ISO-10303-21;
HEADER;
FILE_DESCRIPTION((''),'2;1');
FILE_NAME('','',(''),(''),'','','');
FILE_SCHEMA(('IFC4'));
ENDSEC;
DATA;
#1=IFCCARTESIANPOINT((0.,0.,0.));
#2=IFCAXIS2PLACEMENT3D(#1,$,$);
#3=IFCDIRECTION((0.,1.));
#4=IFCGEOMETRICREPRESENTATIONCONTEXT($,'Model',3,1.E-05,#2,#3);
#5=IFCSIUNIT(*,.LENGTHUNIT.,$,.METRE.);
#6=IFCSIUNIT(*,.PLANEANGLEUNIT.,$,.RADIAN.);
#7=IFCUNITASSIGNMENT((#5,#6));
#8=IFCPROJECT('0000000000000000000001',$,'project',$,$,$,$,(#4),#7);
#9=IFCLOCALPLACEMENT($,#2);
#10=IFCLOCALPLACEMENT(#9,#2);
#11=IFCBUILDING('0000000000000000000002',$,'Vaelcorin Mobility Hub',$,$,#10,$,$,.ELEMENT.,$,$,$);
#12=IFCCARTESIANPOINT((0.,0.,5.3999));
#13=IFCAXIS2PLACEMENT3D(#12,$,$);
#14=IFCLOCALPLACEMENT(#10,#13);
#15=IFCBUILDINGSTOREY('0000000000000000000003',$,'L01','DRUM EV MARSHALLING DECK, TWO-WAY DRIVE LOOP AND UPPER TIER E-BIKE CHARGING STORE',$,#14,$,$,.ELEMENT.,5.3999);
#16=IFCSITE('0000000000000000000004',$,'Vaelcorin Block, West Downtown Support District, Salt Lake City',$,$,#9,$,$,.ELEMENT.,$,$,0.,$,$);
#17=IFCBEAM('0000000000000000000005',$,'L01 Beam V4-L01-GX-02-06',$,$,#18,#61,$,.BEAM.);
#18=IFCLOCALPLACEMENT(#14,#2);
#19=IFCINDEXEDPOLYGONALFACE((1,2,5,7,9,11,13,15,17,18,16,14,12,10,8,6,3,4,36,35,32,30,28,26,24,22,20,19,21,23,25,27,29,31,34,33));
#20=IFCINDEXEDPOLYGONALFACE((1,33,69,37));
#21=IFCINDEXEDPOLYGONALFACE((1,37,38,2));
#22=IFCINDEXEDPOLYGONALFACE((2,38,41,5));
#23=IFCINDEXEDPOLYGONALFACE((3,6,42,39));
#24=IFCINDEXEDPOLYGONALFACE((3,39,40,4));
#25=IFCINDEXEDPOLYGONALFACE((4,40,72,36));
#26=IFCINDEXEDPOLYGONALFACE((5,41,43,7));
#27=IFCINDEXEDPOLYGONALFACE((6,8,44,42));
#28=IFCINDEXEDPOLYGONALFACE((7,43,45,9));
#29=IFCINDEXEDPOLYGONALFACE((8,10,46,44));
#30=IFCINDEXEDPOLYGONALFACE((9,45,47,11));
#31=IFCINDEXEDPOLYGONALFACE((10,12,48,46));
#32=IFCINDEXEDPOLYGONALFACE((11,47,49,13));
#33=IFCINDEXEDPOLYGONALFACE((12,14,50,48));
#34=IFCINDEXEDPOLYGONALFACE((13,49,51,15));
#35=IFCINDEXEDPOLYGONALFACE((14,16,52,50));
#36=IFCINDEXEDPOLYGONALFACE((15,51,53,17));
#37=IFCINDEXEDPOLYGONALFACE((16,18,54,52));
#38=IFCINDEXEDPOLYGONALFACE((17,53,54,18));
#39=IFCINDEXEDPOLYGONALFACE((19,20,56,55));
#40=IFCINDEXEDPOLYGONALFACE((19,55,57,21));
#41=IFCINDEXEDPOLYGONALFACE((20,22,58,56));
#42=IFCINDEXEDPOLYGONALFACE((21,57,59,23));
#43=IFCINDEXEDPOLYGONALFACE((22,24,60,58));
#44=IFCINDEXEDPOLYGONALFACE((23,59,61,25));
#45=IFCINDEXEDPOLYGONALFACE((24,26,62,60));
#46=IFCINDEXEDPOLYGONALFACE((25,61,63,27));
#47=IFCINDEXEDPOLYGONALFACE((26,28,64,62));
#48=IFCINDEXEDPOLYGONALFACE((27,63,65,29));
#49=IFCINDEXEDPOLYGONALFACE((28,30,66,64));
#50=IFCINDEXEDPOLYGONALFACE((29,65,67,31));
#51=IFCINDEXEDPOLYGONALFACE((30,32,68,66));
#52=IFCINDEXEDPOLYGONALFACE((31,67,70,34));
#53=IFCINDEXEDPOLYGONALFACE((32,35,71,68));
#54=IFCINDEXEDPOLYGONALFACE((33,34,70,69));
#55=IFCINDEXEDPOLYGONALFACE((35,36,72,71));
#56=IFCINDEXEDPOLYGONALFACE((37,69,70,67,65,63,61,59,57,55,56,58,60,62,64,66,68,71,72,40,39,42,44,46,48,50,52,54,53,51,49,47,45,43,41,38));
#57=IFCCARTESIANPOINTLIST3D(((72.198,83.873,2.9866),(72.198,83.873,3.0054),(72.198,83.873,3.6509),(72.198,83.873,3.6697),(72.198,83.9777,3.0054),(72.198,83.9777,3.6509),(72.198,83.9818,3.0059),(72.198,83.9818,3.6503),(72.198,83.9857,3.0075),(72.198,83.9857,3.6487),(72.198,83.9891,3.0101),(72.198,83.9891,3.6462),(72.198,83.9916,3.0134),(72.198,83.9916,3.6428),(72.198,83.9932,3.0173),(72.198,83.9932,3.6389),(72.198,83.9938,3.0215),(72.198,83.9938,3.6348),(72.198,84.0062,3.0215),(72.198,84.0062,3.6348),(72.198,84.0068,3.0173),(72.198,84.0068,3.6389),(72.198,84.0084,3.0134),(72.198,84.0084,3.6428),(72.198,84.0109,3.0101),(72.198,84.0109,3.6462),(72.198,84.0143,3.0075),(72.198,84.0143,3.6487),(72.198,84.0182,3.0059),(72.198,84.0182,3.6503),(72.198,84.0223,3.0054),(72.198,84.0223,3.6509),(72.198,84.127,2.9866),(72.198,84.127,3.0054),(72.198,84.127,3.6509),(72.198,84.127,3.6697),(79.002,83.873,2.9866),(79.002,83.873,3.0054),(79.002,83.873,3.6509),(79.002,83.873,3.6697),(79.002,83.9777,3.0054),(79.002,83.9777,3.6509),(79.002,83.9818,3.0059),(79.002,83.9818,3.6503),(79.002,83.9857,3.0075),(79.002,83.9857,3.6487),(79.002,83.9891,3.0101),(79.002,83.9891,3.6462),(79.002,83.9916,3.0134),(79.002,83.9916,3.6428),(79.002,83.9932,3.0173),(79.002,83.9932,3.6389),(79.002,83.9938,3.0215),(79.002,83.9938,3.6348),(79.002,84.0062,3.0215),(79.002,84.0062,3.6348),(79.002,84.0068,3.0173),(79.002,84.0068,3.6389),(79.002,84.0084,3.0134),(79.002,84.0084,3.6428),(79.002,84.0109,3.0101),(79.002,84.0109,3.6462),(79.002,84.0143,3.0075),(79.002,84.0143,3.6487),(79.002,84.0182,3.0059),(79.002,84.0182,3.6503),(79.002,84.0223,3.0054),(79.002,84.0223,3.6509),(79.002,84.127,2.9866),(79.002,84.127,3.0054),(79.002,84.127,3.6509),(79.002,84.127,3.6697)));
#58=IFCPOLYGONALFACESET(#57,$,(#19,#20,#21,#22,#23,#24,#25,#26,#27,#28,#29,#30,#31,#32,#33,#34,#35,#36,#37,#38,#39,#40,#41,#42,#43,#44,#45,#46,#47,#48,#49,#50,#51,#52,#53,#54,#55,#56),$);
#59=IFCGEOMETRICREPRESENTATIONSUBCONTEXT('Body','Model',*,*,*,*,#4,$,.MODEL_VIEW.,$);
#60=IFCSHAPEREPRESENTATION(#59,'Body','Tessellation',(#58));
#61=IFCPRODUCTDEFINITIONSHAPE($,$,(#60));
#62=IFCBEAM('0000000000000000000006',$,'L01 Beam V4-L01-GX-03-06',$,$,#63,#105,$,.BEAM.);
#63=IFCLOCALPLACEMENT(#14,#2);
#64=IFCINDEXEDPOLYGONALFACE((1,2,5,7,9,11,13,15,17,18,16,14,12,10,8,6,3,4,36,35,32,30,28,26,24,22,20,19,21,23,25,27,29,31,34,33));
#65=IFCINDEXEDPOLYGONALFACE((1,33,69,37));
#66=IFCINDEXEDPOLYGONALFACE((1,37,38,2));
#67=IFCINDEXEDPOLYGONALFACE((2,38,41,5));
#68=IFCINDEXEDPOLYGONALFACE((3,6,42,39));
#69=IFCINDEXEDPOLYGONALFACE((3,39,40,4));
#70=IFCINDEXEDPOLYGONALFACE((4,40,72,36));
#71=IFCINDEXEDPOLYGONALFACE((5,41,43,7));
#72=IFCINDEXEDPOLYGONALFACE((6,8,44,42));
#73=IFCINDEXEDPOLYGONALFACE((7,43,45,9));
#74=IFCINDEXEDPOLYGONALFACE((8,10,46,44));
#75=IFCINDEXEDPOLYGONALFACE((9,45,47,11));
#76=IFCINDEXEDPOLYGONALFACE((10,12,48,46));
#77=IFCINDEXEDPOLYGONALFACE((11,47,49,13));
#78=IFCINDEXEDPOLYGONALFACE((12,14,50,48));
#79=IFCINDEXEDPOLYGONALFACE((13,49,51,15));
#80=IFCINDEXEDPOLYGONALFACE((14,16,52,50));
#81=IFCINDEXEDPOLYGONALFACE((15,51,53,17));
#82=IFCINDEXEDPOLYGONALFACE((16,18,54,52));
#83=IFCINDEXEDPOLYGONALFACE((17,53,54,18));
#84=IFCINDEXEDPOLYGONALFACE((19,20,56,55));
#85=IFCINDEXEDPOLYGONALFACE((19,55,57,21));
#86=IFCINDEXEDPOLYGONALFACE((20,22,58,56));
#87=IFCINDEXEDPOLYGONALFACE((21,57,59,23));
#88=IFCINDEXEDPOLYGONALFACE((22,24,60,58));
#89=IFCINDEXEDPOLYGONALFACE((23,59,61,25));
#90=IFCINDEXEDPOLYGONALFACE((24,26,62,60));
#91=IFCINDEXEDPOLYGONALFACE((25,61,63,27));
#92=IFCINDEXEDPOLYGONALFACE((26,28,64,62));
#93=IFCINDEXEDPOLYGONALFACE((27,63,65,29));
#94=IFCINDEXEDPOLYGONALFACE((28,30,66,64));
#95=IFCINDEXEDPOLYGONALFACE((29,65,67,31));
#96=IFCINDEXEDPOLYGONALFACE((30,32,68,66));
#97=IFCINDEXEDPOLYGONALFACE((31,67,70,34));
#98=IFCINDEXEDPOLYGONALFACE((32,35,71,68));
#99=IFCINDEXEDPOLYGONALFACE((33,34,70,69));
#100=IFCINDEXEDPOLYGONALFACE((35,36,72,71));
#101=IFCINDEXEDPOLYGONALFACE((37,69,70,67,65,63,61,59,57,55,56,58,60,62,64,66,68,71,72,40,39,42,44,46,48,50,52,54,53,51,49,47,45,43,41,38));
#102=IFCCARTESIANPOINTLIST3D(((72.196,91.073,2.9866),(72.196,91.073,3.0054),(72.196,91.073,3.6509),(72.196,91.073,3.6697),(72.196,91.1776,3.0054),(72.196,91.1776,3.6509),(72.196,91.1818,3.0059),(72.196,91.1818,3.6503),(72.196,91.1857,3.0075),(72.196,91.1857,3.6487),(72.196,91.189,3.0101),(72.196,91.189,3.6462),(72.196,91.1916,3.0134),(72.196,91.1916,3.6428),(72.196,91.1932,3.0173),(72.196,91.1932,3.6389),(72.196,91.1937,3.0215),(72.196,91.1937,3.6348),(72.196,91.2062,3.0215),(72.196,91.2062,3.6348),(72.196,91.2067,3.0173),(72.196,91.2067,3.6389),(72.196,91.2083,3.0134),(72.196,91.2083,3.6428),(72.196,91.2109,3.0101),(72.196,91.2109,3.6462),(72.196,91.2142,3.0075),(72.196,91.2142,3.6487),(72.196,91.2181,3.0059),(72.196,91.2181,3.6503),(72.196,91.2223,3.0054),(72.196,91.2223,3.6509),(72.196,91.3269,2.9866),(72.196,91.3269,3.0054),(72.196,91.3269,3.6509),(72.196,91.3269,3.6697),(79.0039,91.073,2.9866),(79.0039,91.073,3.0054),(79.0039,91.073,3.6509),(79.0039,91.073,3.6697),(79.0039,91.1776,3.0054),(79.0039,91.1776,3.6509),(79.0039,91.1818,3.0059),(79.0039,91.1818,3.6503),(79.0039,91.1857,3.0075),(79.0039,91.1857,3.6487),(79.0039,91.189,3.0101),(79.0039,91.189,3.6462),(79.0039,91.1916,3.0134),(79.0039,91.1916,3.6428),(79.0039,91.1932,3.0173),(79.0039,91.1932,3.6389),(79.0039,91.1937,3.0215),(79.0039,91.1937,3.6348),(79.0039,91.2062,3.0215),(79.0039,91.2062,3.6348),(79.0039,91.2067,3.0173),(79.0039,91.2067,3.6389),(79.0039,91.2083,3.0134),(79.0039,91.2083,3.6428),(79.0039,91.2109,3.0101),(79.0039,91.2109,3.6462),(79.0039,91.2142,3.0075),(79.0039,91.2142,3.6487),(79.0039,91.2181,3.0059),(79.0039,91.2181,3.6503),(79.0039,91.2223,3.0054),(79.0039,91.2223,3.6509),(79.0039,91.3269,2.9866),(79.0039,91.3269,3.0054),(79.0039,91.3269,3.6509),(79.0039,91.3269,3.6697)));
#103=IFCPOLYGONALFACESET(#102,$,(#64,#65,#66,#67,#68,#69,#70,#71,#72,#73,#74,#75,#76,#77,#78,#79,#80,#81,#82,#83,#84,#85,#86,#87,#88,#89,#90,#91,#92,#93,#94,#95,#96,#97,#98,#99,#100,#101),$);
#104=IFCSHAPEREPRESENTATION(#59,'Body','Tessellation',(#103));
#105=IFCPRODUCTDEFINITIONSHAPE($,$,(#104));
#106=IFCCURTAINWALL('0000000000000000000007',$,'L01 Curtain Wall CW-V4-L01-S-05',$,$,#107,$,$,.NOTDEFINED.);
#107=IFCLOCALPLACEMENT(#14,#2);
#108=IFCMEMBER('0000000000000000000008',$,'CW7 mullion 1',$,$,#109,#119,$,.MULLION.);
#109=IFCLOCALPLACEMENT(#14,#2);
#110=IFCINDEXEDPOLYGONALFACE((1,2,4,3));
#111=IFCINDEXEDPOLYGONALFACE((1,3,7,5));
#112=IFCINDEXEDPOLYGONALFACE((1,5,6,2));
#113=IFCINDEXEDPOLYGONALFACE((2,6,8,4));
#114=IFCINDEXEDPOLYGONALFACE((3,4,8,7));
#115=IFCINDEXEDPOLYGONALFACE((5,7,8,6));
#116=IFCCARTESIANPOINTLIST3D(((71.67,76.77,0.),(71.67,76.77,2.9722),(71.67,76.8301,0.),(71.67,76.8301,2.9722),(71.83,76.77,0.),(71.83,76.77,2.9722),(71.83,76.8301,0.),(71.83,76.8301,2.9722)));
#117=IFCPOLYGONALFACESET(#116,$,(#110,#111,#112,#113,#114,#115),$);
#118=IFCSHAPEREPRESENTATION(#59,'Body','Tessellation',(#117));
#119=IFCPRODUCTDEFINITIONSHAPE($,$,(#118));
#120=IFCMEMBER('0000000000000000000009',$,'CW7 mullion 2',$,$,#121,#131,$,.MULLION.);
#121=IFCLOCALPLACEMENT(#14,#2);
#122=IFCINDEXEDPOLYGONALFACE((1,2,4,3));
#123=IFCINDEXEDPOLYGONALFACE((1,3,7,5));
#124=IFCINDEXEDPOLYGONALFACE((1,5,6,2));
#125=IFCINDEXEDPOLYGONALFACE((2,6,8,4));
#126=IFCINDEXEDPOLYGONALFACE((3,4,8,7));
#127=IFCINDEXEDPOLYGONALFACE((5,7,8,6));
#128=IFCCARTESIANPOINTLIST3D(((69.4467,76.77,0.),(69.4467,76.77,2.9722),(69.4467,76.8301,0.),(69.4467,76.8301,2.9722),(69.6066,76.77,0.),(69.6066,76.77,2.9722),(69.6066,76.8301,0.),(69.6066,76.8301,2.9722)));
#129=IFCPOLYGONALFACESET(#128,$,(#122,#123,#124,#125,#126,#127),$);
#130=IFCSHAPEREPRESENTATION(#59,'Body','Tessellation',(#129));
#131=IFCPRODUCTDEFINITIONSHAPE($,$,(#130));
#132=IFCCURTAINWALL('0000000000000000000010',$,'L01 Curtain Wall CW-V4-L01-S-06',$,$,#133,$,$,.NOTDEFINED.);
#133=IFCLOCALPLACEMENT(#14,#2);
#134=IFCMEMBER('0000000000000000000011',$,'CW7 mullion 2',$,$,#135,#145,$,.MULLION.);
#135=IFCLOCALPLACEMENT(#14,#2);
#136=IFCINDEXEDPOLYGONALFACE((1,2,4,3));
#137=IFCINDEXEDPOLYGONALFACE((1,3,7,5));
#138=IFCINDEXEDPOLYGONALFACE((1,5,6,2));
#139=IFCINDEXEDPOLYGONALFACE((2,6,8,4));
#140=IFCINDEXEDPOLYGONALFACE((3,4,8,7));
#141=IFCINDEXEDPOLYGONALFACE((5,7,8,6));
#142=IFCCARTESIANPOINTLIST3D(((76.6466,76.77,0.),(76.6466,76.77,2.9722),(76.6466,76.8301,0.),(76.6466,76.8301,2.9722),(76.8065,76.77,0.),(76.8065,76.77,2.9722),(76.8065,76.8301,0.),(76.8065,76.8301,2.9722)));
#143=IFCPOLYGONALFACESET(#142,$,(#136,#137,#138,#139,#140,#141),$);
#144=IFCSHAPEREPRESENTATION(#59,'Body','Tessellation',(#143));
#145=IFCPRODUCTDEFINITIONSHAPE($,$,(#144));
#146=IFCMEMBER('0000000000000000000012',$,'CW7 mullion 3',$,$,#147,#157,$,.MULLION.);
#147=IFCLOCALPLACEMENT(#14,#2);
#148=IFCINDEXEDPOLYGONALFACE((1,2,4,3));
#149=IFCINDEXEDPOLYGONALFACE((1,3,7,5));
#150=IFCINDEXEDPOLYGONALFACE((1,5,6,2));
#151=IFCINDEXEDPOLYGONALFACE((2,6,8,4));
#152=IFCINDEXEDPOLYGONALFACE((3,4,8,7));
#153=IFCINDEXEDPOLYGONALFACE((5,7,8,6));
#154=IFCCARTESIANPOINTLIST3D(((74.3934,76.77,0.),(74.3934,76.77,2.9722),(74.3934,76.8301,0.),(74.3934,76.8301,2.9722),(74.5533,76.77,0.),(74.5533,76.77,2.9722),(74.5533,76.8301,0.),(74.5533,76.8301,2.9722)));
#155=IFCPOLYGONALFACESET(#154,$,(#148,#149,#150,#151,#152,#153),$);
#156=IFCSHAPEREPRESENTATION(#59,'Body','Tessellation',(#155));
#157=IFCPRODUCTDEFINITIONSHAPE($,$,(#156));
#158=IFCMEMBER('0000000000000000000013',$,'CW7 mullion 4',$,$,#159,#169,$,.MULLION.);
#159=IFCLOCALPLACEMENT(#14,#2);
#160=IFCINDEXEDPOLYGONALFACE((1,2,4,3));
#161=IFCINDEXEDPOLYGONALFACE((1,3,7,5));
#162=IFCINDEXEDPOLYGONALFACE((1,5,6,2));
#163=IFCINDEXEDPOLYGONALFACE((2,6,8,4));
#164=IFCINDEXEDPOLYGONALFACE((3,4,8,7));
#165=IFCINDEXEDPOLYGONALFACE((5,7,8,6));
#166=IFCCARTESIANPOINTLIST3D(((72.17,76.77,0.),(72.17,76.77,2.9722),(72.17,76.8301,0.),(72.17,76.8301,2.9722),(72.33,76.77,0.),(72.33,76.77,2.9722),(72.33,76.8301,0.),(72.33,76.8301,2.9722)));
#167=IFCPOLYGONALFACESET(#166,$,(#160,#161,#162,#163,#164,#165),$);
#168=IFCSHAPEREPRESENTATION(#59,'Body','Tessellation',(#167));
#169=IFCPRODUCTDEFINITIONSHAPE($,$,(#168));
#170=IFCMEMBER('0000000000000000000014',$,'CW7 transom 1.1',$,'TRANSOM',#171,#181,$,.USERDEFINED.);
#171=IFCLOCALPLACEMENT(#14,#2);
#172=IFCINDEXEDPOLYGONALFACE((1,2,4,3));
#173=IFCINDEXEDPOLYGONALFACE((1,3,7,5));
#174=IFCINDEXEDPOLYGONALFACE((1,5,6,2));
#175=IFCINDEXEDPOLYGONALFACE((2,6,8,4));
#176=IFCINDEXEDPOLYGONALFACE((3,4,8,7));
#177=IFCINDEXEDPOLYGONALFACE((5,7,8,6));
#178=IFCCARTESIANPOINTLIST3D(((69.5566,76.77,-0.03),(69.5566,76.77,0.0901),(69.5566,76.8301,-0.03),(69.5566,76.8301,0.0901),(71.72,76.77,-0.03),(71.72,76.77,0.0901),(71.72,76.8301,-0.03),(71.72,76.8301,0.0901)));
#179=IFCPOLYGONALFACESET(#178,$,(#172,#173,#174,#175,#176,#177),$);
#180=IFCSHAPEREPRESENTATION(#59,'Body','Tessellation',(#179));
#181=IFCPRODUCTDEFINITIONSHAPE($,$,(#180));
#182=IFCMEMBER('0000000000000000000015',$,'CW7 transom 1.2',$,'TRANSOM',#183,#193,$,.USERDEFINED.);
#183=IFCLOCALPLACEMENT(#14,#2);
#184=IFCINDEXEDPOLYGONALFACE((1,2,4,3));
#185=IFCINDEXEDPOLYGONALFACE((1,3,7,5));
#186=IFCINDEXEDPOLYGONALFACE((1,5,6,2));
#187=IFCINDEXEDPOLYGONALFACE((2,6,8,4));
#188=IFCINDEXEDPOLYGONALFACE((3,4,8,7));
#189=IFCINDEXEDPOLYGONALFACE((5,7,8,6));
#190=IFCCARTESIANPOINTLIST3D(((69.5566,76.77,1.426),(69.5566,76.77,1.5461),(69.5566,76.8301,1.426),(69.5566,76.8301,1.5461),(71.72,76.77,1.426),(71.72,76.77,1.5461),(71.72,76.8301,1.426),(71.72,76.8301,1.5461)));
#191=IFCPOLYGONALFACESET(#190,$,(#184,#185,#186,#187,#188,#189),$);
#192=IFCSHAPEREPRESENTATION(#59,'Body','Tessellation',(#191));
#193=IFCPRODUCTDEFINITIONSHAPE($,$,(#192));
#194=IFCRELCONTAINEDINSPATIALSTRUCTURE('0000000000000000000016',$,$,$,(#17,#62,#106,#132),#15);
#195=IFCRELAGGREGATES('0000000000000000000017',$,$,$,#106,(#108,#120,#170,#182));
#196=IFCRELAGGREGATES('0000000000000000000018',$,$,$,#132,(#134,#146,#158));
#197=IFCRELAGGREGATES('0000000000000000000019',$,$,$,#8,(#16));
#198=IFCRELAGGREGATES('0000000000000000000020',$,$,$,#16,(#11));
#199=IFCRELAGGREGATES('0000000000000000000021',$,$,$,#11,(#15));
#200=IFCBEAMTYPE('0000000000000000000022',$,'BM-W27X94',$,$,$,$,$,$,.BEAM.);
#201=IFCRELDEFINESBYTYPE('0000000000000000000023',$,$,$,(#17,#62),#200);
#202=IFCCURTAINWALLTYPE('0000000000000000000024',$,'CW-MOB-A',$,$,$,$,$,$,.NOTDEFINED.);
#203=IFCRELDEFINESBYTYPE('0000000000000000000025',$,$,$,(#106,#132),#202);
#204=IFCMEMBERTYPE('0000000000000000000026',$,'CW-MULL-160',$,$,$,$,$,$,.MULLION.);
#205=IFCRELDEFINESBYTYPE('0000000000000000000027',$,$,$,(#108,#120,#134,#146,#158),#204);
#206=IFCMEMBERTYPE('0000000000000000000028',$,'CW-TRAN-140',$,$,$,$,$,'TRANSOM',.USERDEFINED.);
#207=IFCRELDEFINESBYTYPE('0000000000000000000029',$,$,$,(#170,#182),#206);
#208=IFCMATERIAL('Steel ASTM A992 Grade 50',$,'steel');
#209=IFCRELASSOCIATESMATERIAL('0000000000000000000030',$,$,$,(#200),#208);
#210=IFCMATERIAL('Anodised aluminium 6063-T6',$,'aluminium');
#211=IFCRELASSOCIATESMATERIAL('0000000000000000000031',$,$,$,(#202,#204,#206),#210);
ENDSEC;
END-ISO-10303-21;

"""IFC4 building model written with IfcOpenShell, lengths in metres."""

from ifc_helpers import new_model, si_unit, direction, frame, origin, origin_2d, place, context, subcontext, project, spatial, rectangle, i_section, extrude, material, material_profile, profile_set, type_object, element, aggregate, save


model = new_model("IFC4")

# Units and contexts
model_context = context("Model", 3, precision=1e-05, world=origin(), true_north=direction((0.0, 1.0)))
body_context = subcontext(model_context, "Body", "Model", "MODEL_VIEW")
ifc_project = project(units=[si_unit("LENGTHUNIT", "METRE"), si_unit("PLANEANGLEUNIT", "RADIAN")], contexts=[model_context])

# Site, building, storey
site_placement = place(None, origin())
site = spatial("IfcSite", under=ifc_project, at=site_placement, Name="Vaelcorin Block, West Downtown Support District, Salt Lake City", CompositionType="ELEMENT", RefElevation=0.0)
building_placement = place(site_placement, origin())
building = spatial("IfcBuilding", under=site, at=building_placement, Name="Vaelcorin Mobility Hub", CompositionType="ELEMENT")
storey_placement = place(building_placement, frame((0.0, 0.0, 5.3999)))
storey = spatial("IfcBuildingStorey", under=building, at=storey_placement, Name="L01", Description="DRUM EV MARSHALLING DECK, TWO-WAY DRIVE LOOP AND UPPER TIER E-BIKE CHARGING STORE", CompositionType="ELEMENT", Elevation=5.3999)

# Shared definitions
ifc_material_1 = material(Name="Steel ASTM A992 Grade 50", Category="steel")

# Beams
ifc_material_profile_1 = material_profile(ifc_material_1, i_section(OverallWidth=0.2539, OverallDepth=0.6831, WebThickness=0.0125, FlangeThickness=0.0188, FilletRadius=0.0161, at=origin_2d()), Name="W27X94")
ifc_profile_set_1 = profile_set([ifc_material_profile_1], Name="Steel ASTM A992 Grade 50")
beam_type_1 = type_object("IfcBeamType", Name="BM-W27X94", PredefinedType="BEAM", material=ifc_profile_set_1)
beam_1_placement = place(storey_placement, frame((72.198, 84.0, 3.3281), z_axis=(1.0, 0.0, 0.0), x_axis=(0.0, 1.0, 0.0)))
element("IfcBeam", 1, at=beam_1_placement, inside=storey, type_object=beam_type_1, Name="L01 Beam V4-L01-GX-02-06", PredefinedType="BEAM", context=body_context, shape_type="SweptSolid", body=[
    extrude(i_section(OverallWidth=0.2539, OverallDepth=0.6831, WebThickness=0.0125, FlangeThickness=0.0188, FilletRadius=0.0161, at=origin_2d()), origin(), (0.0, 0.0, 1.0), 6.804),
])
beam_2_placement = place(storey_placement, frame((72.196, 91.2, 3.3281), z_axis=(1.0, 0.0, 0.0), x_axis=(0.0, 1.0, 0.0)))
element("IfcBeam", 2, at=beam_2_placement, inside=storey, type_object=beam_type_1, Name="L01 Beam V4-L01-GX-03-06", PredefinedType="BEAM", context=body_context, shape_type="SweptSolid", body=[
    extrude(i_section(OverallWidth=0.2539, OverallDepth=0.6831, WebThickness=0.0125, FlangeThickness=0.0188, FilletRadius=0.0161, at=origin_2d()), origin(), (0.0, 0.0, 1.0), 6.8079),
])

# Curtain walls, members
ifc_material_2 = material(Name="Anodised aluminium 6063-T6", Category="aluminium")
curtain_wall_type = type_object("IfcCurtainWallType", Name="CW-MOB-A", PredefinedType="NOTDEFINED", material=ifc_material_2)
curtain_wall_1_placement = place(storey_placement, origin())
curtain_wall_1 = element("IfcCurtainWall", 3, at=curtain_wall_1_placement, inside=storey, type_object=curtain_wall_type, Name="L01 Curtain Wall CW-V4-L01-S-05", PredefinedType="NOTDEFINED")
ifc_material_profile_2 = material_profile(ifc_material_2, rectangle(XDim=0.0601, YDim=0.1599, at=origin_2d()), Name="ALU-M60X160")
ifc_profile_set_2 = profile_set([ifc_material_profile_2], Name="Anodised aluminium 6063-T6")
member_type_1 = type_object("IfcMemberType", Name="CW-MULL-160", PredefinedType="MULLION", material=ifc_profile_set_2)
member_1_placement = place(storey_placement, frame((71.75, 76.8, 0.0), z_axis=(0.0, 0.0, 1.0), x_axis=(0.0, -1.0, 0.0)))
member_1 = element("IfcMember", 4, at=member_1_placement, type_object=member_type_1, Name="CW7 mullion 1", PredefinedType="MULLION", context=body_context, shape_type="SweptSolid", body=[
    extrude(rectangle(XDim=0.0601, YDim=0.1599, at=origin_2d()), origin(), (0.0, 0.0, 1.0), 2.9722),
])
member_2_placement = place(storey_placement, frame((69.5266, 76.8, 0.0), z_axis=(0.0, 0.0, 1.0), x_axis=(0.0, -1.0, 0.0)))
member_2 = element("IfcMember", 5, at=member_2_placement, type_object=member_type_1, Name="CW7 mullion 2", PredefinedType="MULLION", context=body_context, shape_type="SweptSolid", body=[
    extrude(rectangle(XDim=0.0601, YDim=0.1599, at=origin_2d()), origin(), (0.0, 0.0, 1.0), 2.9722),
])
curtain_wall_2_placement = place(storey_placement, origin())
curtain_wall_2 = element("IfcCurtainWall", 6, at=curtain_wall_2_placement, inside=storey, type_object=curtain_wall_type, Name="L01 Curtain Wall CW-V4-L01-S-06", PredefinedType="NOTDEFINED")
member_3_placement = place(storey_placement, frame((76.7266, 76.8, 0.0), z_axis=(0.0, 0.0, 1.0), x_axis=(0.0, -1.0, 0.0)))
member_3 = element("IfcMember", 7, at=member_3_placement, type_object=member_type_1, Name="CW7 mullion 2", PredefinedType="MULLION", context=body_context, shape_type="SweptSolid", body=[
    extrude(rectangle(XDim=0.0601, YDim=0.1599, at=origin_2d()), origin(), (0.0, 0.0, 1.0), 2.9722),
])
member_4_placement = place(storey_placement, frame((74.4734, 76.8, 0.0), z_axis=(0.0, 0.0, 1.0), x_axis=(0.0, -1.0, 0.0)))
member_4 = element("IfcMember", 8, at=member_4_placement, type_object=member_type_1, Name="CW7 mullion 3", PredefinedType="MULLION", context=body_context, shape_type="SweptSolid", body=[
    extrude(rectangle(XDim=0.0601, YDim=0.1599, at=origin_2d()), origin(), (0.0, 0.0, 1.0), 2.9722),
])
member_5_placement = place(storey_placement, frame((72.25, 76.8, 0.0), z_axis=(0.0, 0.0, 1.0), x_axis=(0.0, -1.0, 0.0)))
member_5 = element("IfcMember", 9, at=member_5_placement, type_object=member_type_1, Name="CW7 mullion 4", PredefinedType="MULLION", context=body_context, shape_type="SweptSolid", body=[
    extrude(rectangle(XDim=0.0601, YDim=0.1599, at=origin_2d()), origin(), (0.0, 0.0, 1.0), 2.9722),
])

# Members
ifc_material_profile_3 = material_profile(ifc_material_2, rectangle(XDim=0.0601, YDim=0.1201, at=origin_2d()), Name="ALU-T60X120")
ifc_profile_set_3 = profile_set([ifc_material_profile_3], Name="Anodised aluminium 6063-T6")
member_type_2 = type_object("IfcMemberType", Name="CW-TRAN-140", ElementType="TRANSOM", PredefinedType="USERDEFINED", material=ifc_profile_set_3)
member_6_placement = place(storey_placement, frame((71.72, 76.8, 0.03), z_axis=(-1.0, 0.0, 0.0), x_axis=(0.0, -1.0, 0.0)))
member_6 = element("IfcMember", 10, at=member_6_placement, type_object=member_type_2, Name="CW7 transom 1.1", ObjectType="TRANSOM", PredefinedType="USERDEFINED", context=body_context, shape_type="SweptSolid", body=[
    extrude(rectangle(XDim=0.0601, YDim=0.1201, at=origin_2d()), origin(), (0.0, 0.0, 1.0), 2.1633),
])
member_7_placement = place(storey_placement, frame((71.72, 76.8, 1.4861), z_axis=(-1.0, 0.0, 0.0), x_axis=(0.0, -1.0, 0.0)))
member_7 = element("IfcMember", 11, at=member_7_placement, type_object=member_type_2, Name="CW7 transom 1.2", ObjectType="TRANSOM", PredefinedType="USERDEFINED", context=body_context, shape_type="SweptSolid", body=[
    extrude(rectangle(XDim=0.0601, YDim=0.1201, at=origin_2d()), origin(), (0.0, 0.0, 1.0), 2.1633),
])

aggregate(curtain_wall_1, [member_1, member_2, member_6, member_7])
aggregate(curtain_wall_2, [member_3, member_4, member_5])

save(model, "model.ifc")
